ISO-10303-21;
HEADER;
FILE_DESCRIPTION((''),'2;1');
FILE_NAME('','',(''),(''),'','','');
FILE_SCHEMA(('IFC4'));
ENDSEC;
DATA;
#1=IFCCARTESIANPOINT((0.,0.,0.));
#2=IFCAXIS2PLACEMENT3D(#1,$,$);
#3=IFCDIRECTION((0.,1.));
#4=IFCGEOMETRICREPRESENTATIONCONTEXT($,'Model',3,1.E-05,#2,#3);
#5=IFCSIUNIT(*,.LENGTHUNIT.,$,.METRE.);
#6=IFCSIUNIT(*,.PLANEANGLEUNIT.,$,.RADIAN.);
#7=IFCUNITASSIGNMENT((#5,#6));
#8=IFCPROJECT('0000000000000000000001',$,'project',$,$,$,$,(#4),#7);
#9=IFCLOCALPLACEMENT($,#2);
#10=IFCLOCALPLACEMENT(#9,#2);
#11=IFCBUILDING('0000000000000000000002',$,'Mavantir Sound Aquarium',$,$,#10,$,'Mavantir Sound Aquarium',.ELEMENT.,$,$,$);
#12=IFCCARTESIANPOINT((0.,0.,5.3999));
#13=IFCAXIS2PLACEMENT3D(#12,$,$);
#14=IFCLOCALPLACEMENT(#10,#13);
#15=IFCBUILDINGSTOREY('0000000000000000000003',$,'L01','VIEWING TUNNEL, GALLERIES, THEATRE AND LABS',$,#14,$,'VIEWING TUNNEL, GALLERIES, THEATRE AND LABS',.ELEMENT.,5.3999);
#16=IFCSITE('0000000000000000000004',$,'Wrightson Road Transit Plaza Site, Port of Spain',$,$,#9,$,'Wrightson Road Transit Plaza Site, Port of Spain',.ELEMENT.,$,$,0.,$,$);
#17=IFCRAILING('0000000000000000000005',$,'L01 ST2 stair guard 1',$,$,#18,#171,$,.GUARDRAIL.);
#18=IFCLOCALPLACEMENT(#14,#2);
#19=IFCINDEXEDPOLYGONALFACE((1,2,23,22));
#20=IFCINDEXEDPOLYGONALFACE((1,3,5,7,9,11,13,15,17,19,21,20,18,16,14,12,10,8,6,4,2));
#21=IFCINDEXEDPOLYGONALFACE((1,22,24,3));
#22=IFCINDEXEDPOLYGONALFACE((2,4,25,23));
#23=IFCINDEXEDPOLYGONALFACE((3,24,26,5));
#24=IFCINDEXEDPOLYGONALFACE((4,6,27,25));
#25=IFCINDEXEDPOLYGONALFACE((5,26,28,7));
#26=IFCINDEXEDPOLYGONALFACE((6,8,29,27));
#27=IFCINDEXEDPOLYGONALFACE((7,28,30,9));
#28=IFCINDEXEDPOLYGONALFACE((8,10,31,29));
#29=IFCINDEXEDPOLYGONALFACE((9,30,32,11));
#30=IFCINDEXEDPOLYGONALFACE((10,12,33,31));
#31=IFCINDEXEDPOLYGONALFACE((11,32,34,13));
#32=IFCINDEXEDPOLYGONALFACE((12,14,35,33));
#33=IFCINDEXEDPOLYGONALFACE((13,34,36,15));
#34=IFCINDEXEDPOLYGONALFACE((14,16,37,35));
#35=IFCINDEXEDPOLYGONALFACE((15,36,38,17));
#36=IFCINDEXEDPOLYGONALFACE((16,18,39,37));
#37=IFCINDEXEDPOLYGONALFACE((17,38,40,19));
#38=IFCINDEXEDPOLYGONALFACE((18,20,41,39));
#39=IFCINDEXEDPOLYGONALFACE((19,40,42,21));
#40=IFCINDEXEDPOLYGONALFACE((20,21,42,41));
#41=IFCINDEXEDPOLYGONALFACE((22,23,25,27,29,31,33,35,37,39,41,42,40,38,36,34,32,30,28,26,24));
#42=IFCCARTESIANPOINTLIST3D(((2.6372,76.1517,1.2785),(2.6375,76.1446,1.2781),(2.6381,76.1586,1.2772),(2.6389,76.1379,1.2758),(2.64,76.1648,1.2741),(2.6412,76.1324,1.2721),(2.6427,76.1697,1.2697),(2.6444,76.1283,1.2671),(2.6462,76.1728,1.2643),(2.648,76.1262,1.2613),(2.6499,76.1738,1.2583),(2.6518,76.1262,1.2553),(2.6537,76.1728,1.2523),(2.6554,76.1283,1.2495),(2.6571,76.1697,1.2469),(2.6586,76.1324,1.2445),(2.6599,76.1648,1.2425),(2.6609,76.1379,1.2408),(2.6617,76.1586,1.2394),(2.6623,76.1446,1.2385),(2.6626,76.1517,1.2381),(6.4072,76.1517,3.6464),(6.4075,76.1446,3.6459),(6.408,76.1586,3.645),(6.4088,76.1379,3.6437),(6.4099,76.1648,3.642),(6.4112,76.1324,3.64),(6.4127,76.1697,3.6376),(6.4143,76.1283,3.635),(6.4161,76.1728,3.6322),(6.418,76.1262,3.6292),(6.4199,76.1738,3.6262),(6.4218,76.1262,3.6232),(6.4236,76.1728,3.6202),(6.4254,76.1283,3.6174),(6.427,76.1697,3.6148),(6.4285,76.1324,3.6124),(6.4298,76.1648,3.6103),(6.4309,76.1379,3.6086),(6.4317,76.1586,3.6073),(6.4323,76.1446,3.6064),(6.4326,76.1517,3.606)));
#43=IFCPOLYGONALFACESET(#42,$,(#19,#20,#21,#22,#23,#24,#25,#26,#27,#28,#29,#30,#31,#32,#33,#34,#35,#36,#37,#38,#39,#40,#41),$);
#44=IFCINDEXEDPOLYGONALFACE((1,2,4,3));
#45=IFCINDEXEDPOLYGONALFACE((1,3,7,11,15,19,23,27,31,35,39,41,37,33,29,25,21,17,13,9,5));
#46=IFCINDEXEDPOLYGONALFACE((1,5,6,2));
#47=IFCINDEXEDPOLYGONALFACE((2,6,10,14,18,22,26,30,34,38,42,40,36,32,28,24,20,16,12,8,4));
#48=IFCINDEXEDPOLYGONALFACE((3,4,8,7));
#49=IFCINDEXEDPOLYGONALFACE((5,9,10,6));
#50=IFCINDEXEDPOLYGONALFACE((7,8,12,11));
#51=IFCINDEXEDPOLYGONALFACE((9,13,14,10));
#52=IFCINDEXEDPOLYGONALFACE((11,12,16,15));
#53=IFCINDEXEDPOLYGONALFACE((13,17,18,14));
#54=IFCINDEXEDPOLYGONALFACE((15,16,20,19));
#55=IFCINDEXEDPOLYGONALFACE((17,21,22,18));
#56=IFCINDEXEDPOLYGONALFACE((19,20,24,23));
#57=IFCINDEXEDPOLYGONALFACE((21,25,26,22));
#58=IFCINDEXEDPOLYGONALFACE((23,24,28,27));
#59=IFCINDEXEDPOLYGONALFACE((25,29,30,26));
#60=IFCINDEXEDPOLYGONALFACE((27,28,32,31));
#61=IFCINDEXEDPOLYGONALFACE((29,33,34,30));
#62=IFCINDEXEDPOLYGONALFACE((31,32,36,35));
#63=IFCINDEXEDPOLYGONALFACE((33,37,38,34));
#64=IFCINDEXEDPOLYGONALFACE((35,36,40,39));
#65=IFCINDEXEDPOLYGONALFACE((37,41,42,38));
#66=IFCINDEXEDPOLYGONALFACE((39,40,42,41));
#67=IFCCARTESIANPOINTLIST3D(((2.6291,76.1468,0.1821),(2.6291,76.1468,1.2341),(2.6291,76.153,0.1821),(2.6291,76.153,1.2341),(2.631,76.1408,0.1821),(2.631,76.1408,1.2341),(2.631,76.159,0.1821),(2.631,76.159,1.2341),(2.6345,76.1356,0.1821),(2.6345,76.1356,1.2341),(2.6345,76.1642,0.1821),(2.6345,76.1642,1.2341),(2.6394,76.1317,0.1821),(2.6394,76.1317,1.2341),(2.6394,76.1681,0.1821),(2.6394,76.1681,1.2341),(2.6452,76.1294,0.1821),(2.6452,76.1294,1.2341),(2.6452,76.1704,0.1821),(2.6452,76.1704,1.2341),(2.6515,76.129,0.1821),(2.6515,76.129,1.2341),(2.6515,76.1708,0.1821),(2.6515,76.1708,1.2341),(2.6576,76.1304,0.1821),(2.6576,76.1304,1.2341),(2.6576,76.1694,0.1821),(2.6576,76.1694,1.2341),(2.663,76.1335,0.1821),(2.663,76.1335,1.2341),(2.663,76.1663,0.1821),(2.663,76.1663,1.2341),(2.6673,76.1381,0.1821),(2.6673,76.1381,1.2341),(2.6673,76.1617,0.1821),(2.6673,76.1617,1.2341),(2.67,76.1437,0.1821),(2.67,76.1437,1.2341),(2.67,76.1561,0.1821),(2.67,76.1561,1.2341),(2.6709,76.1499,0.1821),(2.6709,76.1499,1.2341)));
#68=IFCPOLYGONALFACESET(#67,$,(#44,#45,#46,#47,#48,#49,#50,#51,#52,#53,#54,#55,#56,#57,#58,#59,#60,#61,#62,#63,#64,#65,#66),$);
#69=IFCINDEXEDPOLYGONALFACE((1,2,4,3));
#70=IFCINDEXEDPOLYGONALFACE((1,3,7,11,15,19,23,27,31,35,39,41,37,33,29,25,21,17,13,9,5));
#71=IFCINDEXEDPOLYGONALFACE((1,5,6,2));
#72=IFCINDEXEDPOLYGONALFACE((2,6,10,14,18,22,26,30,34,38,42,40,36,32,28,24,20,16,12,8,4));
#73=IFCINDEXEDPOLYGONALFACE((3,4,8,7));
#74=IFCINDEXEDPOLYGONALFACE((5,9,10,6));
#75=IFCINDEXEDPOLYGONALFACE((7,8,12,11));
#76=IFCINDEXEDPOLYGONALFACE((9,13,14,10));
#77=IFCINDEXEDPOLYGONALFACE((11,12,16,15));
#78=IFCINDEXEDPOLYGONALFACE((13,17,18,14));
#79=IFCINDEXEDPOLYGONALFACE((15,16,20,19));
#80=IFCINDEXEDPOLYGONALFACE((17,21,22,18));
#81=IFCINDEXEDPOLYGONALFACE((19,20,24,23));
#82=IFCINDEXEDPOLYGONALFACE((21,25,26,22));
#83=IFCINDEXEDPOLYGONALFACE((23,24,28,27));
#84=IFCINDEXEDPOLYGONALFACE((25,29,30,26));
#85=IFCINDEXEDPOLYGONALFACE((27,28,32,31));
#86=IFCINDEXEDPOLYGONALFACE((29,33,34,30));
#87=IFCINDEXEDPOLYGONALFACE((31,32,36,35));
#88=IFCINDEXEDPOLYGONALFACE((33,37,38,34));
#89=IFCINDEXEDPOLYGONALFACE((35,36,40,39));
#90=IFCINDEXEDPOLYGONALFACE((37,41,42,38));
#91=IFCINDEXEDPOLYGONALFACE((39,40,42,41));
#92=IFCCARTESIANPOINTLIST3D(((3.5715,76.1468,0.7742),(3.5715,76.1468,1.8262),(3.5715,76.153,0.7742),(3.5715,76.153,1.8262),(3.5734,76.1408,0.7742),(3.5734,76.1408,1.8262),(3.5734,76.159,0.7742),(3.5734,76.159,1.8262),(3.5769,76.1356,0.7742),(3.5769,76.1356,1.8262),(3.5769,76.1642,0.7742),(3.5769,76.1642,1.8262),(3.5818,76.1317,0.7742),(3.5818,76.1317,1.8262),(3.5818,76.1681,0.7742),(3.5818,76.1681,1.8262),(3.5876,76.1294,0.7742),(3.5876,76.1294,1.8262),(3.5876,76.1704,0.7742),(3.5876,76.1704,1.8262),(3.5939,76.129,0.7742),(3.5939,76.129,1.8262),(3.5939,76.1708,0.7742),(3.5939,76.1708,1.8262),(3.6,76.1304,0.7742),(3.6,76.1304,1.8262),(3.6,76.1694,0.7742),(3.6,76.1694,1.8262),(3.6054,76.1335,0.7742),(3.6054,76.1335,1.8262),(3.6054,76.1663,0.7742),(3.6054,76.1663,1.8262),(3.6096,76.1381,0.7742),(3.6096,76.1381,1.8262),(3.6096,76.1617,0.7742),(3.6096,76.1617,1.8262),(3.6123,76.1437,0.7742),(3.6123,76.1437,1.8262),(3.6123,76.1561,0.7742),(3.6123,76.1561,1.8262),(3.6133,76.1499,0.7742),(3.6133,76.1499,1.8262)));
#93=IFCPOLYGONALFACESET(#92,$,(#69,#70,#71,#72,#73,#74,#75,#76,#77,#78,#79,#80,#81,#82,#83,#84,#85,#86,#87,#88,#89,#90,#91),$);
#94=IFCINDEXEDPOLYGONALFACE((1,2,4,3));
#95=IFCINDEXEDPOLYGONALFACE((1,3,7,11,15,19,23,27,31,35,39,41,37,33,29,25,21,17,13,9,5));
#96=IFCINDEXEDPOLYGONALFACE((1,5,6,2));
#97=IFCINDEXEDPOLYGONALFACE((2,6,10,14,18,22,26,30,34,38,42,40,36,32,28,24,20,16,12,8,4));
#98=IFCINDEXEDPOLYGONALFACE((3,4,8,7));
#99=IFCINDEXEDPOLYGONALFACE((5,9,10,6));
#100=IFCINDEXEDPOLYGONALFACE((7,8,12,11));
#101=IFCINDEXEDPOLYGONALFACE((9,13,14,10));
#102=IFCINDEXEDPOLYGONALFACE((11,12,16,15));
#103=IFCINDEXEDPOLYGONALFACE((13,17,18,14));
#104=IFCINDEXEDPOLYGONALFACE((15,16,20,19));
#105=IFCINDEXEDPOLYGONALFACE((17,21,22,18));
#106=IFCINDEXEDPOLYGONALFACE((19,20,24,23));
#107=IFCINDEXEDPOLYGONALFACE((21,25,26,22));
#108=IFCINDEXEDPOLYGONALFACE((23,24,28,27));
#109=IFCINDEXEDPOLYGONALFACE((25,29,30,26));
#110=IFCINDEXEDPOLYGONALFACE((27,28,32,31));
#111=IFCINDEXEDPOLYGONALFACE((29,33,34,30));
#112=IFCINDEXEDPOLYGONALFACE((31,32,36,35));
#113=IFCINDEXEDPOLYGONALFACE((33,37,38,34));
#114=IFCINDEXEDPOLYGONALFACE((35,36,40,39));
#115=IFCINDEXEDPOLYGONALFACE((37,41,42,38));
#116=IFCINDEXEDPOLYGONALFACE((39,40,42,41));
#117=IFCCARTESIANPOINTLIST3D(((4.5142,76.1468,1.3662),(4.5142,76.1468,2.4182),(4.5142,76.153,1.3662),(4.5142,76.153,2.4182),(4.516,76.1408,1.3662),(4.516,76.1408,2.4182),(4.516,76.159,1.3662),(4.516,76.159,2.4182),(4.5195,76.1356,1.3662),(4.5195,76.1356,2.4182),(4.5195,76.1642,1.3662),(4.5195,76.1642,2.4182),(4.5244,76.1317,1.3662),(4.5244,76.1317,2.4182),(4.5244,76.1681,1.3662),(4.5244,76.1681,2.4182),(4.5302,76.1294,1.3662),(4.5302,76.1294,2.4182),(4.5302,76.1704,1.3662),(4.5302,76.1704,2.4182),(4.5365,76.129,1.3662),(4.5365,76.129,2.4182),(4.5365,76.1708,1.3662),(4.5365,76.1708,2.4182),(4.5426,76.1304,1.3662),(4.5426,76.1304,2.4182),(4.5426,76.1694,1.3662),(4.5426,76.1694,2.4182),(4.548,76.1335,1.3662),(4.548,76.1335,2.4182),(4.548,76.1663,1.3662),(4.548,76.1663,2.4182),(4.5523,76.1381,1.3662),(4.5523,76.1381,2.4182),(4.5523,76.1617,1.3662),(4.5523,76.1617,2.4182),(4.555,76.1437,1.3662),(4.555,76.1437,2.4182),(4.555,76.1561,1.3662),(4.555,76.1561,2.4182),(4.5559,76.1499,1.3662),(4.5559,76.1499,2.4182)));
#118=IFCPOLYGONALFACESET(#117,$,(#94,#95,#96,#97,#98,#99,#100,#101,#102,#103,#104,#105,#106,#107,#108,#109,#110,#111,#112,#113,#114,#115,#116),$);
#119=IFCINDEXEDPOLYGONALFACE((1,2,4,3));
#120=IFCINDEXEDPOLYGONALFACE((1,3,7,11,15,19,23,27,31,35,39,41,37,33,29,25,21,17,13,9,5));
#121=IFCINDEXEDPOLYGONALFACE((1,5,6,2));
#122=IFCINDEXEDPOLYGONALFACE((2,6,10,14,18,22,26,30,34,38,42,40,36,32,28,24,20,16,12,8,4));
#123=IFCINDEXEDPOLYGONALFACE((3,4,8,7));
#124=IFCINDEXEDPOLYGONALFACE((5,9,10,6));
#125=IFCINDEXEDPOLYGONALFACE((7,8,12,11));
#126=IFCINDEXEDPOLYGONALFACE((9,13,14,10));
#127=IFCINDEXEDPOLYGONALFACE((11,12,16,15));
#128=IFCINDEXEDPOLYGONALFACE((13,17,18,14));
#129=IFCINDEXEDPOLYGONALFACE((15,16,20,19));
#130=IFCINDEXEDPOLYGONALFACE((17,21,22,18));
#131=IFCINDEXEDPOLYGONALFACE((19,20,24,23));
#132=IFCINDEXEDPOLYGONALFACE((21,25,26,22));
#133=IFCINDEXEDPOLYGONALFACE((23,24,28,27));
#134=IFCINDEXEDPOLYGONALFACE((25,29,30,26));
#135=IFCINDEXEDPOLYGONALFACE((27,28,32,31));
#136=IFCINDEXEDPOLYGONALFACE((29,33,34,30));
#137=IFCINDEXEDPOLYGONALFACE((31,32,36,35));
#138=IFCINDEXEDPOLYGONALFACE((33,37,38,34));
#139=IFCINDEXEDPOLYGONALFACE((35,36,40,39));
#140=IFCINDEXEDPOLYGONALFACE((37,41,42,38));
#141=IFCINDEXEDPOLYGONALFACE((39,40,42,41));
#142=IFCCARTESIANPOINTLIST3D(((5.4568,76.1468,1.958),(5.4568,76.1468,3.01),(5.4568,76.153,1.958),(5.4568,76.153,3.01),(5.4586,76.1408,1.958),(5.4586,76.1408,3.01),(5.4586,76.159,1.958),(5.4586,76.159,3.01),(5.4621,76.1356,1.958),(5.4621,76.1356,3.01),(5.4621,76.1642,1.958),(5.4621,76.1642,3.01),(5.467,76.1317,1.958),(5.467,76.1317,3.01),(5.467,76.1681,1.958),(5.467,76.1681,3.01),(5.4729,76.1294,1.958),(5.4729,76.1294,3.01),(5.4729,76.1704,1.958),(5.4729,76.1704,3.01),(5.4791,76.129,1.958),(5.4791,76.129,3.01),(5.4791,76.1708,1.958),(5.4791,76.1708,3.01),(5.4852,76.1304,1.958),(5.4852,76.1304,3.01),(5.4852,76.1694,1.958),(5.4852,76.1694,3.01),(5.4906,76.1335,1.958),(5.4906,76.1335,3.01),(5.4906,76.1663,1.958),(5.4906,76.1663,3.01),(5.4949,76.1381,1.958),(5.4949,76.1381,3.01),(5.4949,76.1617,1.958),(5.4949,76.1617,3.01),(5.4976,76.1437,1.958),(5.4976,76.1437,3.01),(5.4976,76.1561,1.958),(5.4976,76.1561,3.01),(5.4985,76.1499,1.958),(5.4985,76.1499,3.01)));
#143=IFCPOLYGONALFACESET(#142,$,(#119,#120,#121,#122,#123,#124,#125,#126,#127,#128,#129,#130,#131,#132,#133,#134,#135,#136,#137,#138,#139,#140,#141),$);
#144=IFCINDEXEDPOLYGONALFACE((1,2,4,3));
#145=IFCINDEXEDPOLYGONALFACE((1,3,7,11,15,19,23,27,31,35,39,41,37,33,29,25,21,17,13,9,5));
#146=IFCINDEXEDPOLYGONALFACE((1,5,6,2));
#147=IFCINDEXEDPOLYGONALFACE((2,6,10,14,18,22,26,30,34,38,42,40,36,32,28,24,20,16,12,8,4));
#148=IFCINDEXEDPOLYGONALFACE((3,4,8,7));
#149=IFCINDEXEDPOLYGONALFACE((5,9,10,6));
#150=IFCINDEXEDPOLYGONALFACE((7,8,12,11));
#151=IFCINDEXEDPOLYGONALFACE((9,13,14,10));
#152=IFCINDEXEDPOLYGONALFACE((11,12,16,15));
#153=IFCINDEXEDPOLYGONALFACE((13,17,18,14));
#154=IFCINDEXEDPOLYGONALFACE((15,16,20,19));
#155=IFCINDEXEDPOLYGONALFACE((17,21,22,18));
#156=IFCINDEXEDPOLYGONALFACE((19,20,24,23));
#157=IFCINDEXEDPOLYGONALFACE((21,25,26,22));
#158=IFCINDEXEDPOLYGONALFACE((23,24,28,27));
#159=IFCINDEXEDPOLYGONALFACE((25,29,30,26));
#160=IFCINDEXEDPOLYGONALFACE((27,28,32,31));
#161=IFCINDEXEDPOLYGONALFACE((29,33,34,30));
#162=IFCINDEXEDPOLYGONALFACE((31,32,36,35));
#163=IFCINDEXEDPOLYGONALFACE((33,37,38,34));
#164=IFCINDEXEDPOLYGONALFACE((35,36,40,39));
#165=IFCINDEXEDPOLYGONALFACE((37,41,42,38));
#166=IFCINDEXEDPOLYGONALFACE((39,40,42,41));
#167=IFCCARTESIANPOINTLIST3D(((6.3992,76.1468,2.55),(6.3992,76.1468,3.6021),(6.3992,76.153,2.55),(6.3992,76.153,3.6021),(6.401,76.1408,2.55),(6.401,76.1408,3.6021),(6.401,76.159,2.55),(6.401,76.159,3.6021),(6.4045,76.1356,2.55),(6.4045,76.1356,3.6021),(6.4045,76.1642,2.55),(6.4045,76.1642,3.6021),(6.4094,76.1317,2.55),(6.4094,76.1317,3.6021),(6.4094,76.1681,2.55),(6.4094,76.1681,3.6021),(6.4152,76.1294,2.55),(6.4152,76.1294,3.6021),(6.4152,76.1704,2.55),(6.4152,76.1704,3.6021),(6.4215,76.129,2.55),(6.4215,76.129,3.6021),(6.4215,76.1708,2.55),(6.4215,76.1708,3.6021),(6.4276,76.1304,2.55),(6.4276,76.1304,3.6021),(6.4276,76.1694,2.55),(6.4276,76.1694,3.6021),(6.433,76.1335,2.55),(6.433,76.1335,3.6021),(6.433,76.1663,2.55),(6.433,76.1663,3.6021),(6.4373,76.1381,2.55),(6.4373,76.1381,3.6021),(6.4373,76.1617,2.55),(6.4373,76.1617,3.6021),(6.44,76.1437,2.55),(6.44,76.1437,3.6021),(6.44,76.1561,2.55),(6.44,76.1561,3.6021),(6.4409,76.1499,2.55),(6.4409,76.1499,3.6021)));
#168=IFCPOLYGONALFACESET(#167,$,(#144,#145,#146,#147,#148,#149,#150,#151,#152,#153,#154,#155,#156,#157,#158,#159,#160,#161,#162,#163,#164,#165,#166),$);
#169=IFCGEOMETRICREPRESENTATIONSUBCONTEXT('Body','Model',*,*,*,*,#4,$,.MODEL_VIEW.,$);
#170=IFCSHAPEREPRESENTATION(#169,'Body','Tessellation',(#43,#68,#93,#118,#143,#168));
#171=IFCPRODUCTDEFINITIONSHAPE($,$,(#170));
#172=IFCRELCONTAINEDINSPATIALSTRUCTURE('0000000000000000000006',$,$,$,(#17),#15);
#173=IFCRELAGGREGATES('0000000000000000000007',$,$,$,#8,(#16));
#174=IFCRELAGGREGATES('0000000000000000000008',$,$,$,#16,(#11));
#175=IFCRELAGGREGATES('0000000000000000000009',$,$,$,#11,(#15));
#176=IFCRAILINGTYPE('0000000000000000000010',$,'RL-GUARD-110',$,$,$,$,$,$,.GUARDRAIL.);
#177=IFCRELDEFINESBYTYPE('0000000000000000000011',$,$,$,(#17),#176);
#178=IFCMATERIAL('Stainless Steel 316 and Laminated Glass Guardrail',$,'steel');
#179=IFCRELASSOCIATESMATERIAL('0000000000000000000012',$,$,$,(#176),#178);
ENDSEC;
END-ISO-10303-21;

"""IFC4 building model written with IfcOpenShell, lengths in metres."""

from ifc_helpers import new_model, si_unit, direction, frame, origin, origin_2d, place, context, subcontext, project, spatial, circle, extrude, material, type_object, element, save


model = new_model("IFC4")

# Units and contexts
model_context = context("Model", 3, precision=1e-05, world=origin(), true_north=direction((0.0, 1.0)))
body_context = subcontext(model_context, "Body", "Model", "MODEL_VIEW")
ifc_project = project(units=[si_unit("LENGTHUNIT", "METRE"), si_unit("PLANEANGLEUNIT", "RADIAN")], contexts=[model_context])

# Site, building, storey
site_placement = place(None, origin())
site = spatial("IfcSite", under=ifc_project, at=site_placement, Name="Wrightson Road Transit Plaza Site, Port of Spain", LongName="Wrightson Road Transit Plaza Site, Port of Spain", CompositionType="ELEMENT", RefElevation=0.0)
building_placement = place(site_placement, origin())
building = spatial("IfcBuilding", under=site, at=building_placement, Name="Mavantir Sound Aquarium", LongName="Mavantir Sound Aquarium", CompositionType="ELEMENT")
storey_placement = place(building_placement, frame((0.0, 0.0, 5.3999)))
storey = spatial("IfcBuildingStorey", under=building, at=storey_placement, Name="L01", Description="VIEWING TUNNEL, GALLERIES, THEATRE AND LABS", LongName="VIEWING TUNNEL, GALLERIES, THEATRE AND LABS", CompositionType="ELEMENT", Elevation=5.3999)

# Railing
ifc_material_1 = material(Name="Stainless Steel 316 and Laminated Glass Guardrail", Category="steel")
railing_type_1 = type_object("IfcRailingType", Name="RL-GUARD-110", PredefinedType="GUARDRAIL", material=ifc_material_1)
railing_1_placement = place(storey_placement, frame((2.6499, 76.1499, 0.1821)))
element("IfcRailing", 1, at=railing_1_placement, inside=storey, type_object=railing_type_1, Name="L01 ST2 stair guard 1", PredefinedType="GUARDRAIL", context=body_context, shape_type="SweptSolid", body=[
    extrude(circle(Radius=0.0239, at=origin_2d()), frame((0.0, 0.0, 1.0762), z_axis=(0.846819, 0.0, 0.531881), x_axis=(0.0, 1.0, 0.0)), (0.0, 0.0, 1.0), 4.4519),
    extrude(circle(Radius=0.021, at=origin_2d()), origin(), (0.0, 0.0, 1.0), 1.052),
    extrude(circle(Radius=0.021, at=origin_2d()), frame((0.9424, 0.0, 0.592)), (0.0, 0.0, 1.0), 1.052),
    extrude(circle(Radius=0.021, at=origin_2d()), frame((1.885, 0.0, 1.1841)), (0.0, 0.0, 1.0), 1.052),
    extrude(circle(Radius=0.021, at=origin_2d()), frame((2.8276, 0.0, 1.7759)), (0.0, 0.0, 1.0), 1.052),
    extrude(circle(Radius=0.021, at=origin_2d()), frame((3.77, 0.0, 2.3679)), (0.0, 0.0, 1.0), 1.052),
])

save(model, "model.ifc")
